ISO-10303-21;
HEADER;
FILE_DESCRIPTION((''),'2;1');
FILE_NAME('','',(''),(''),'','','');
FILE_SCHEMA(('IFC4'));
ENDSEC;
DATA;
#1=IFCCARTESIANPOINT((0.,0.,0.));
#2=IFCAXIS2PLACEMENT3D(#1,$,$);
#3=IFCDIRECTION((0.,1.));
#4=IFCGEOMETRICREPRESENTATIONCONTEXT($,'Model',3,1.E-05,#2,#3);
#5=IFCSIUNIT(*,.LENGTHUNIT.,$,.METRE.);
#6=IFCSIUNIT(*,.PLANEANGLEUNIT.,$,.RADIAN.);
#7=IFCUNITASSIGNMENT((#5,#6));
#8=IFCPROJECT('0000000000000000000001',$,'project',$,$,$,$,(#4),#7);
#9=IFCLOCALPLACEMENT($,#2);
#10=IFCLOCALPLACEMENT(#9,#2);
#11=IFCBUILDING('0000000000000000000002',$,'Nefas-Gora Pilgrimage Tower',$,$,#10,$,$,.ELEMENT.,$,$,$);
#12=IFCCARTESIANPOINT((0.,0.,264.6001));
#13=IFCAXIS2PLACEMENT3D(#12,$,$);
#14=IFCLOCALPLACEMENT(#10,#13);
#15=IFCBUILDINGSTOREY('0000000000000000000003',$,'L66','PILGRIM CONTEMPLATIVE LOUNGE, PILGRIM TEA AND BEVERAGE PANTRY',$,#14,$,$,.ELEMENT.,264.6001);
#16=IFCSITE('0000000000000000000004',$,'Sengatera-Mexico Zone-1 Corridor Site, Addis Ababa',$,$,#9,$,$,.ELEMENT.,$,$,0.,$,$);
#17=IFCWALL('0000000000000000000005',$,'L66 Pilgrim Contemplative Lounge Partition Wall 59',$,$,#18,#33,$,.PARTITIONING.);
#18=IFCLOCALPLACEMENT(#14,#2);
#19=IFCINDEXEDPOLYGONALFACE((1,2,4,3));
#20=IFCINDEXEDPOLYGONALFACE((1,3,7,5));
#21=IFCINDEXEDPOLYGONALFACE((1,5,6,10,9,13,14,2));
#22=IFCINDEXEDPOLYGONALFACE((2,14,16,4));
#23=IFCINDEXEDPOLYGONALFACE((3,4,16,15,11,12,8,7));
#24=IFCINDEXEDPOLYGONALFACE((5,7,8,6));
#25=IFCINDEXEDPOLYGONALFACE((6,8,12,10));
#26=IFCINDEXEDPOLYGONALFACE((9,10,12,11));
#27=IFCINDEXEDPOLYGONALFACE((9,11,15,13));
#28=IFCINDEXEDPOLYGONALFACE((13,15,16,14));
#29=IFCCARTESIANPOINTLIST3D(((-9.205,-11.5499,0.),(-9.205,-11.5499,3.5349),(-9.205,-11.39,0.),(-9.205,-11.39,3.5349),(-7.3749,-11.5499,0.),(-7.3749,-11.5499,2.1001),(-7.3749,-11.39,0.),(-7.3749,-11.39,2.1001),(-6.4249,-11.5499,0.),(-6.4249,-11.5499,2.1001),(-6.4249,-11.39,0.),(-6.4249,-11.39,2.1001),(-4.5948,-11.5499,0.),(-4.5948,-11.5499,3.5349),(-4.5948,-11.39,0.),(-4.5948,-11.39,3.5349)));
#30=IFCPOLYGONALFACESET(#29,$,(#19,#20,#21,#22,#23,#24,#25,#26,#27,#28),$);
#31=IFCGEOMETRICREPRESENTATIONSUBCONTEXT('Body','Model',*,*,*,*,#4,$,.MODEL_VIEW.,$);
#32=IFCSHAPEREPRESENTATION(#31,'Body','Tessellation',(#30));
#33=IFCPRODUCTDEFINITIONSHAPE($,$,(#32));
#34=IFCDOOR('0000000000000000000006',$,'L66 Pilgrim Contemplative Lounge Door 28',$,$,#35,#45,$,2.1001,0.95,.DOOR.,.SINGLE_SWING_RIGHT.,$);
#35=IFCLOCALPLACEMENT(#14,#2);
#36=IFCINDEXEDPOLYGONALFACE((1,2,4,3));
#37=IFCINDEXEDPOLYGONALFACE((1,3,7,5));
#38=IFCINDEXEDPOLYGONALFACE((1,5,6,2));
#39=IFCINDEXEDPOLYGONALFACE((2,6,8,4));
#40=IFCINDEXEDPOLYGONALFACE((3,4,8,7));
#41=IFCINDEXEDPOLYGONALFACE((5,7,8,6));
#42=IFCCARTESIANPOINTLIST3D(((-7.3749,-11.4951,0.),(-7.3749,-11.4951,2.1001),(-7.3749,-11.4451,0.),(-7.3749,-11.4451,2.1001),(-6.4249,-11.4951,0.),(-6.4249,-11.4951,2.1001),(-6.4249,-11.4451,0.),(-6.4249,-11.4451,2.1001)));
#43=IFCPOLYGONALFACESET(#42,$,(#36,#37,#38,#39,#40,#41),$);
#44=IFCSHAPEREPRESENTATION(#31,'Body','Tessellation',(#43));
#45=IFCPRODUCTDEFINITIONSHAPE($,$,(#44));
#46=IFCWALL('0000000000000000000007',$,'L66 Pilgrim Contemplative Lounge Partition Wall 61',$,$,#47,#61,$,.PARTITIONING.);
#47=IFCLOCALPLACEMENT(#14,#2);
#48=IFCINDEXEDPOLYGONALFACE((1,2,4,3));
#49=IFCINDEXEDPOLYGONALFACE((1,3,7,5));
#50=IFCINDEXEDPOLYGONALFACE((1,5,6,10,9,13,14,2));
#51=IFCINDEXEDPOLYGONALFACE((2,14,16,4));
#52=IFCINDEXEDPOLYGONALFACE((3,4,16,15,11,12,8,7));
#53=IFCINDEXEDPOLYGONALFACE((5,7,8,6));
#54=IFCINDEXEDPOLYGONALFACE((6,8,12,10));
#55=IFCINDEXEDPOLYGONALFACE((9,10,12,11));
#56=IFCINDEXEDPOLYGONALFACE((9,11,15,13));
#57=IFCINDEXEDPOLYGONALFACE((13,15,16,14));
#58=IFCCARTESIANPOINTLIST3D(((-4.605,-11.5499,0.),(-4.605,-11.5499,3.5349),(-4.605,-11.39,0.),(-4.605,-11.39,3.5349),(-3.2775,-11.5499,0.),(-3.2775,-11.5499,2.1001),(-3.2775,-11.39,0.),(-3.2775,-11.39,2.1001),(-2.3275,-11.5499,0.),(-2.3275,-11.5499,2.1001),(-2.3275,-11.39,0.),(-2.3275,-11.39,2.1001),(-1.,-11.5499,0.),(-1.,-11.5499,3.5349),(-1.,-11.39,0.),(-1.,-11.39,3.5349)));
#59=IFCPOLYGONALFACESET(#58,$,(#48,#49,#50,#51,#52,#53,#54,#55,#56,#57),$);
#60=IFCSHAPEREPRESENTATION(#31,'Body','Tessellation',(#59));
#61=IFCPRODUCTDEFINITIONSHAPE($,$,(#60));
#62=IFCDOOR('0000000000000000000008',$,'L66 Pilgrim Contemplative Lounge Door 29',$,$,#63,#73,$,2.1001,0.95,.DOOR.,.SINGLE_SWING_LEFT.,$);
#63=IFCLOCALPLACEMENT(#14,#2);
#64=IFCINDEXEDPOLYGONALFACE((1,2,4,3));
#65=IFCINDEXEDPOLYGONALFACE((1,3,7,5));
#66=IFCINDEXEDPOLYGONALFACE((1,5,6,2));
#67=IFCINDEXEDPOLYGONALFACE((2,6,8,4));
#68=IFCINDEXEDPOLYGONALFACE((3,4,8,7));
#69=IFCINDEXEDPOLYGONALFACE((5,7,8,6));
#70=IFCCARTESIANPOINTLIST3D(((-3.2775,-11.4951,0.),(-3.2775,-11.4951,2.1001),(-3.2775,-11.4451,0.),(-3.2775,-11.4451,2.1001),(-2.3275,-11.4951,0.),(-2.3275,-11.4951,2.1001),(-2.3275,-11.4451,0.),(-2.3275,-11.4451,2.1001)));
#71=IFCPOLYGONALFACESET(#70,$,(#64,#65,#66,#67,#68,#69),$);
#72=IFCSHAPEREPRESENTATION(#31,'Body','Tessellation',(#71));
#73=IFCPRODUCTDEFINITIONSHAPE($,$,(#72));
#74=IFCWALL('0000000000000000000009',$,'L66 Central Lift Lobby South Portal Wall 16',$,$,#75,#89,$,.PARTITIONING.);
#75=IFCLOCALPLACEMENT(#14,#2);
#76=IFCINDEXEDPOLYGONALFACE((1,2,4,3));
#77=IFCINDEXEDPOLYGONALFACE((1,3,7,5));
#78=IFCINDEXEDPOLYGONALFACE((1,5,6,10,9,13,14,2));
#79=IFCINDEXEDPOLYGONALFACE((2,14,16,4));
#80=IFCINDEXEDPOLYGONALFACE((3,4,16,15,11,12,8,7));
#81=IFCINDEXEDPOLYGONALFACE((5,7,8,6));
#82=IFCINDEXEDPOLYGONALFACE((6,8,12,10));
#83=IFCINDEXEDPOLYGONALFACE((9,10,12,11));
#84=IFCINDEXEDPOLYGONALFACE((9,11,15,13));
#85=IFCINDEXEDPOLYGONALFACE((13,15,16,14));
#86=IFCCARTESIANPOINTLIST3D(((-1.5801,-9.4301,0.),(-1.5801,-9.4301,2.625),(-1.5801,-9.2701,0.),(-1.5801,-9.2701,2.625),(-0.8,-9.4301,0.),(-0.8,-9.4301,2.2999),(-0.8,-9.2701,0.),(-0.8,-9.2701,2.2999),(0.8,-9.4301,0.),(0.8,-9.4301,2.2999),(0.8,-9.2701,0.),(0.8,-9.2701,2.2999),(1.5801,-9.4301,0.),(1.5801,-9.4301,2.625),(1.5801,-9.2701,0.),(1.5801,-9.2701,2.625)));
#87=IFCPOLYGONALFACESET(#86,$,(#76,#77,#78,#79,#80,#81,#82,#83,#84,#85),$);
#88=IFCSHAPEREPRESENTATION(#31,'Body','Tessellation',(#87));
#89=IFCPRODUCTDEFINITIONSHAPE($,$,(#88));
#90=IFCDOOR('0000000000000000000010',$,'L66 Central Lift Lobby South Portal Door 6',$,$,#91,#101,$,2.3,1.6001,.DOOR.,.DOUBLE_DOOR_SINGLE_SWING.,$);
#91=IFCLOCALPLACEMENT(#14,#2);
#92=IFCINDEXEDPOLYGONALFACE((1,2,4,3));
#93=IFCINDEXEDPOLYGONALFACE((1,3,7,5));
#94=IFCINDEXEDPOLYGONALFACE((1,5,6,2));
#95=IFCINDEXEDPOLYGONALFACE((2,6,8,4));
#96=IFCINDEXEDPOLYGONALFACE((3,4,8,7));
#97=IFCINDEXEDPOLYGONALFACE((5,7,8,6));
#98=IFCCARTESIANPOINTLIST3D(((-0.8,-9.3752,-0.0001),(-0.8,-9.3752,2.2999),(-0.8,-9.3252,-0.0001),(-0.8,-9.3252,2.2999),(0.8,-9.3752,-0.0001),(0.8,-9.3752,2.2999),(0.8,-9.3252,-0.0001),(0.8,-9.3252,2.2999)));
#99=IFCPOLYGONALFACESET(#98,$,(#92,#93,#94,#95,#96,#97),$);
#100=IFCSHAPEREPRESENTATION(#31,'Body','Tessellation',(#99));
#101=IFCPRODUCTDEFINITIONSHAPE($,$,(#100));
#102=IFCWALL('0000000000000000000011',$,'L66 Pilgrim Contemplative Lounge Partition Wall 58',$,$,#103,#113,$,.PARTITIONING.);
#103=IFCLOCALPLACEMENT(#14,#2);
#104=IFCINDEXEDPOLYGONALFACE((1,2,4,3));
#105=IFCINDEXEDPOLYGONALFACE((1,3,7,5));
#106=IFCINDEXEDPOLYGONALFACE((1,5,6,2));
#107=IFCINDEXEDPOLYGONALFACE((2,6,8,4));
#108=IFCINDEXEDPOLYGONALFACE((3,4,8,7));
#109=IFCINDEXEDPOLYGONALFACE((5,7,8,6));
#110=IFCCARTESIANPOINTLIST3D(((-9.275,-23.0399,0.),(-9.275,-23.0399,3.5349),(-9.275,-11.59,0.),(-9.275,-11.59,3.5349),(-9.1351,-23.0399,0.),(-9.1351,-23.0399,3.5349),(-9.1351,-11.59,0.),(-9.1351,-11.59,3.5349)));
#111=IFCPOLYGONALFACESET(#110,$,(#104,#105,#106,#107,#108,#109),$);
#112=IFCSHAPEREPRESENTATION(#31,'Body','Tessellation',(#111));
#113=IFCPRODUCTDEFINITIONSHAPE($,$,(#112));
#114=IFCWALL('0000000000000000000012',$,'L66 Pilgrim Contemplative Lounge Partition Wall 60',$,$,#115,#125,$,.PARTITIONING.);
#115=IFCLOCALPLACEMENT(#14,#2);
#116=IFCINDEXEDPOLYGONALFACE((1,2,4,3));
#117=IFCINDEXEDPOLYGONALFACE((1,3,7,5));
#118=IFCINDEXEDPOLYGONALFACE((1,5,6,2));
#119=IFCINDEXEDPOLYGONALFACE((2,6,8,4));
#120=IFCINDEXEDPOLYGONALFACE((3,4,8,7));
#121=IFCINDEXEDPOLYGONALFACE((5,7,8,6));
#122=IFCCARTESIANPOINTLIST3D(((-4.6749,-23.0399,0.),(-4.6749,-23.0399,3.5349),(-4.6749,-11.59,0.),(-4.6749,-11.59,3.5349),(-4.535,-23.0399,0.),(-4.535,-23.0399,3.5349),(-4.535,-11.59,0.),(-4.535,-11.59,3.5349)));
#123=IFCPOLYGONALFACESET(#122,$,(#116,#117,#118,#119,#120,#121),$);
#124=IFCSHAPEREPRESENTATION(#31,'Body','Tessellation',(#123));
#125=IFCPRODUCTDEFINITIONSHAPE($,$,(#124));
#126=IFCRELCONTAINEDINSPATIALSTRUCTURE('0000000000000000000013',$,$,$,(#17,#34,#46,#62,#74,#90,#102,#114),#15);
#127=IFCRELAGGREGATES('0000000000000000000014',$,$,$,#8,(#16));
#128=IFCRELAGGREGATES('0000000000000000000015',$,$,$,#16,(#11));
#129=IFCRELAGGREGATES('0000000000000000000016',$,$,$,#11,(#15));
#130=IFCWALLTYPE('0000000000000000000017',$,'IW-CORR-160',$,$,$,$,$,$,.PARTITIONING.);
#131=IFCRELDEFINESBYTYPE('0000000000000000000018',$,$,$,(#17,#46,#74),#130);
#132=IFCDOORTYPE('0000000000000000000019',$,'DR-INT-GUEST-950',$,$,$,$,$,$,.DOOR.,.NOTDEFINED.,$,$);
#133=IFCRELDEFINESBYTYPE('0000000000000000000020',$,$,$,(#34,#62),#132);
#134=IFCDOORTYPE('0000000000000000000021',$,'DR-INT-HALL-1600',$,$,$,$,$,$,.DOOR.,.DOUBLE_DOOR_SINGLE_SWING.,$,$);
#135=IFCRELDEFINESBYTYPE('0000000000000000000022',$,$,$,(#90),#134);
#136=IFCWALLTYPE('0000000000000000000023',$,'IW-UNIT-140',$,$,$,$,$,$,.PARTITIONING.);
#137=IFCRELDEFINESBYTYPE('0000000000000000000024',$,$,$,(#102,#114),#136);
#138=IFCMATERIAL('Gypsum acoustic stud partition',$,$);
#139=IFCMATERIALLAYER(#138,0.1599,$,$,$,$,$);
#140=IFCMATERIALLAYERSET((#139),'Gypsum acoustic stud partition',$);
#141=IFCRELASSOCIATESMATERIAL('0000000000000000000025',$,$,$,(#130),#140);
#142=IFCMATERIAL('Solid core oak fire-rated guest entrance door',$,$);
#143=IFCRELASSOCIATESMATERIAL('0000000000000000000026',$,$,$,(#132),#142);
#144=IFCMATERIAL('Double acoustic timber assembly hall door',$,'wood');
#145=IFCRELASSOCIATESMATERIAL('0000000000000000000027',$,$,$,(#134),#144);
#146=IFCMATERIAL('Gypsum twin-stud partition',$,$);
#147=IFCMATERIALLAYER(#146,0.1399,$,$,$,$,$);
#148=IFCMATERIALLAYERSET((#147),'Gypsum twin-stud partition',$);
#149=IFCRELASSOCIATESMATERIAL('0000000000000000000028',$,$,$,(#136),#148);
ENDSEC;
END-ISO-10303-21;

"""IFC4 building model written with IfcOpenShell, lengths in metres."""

from ifc_helpers import new_model, si_unit, direction, frame, frame_2d, origin, place, context, subcontext, project, spatial, rectangle, extrude, source, transform, mapped, material, layer, layer_set, type_object, element, fill, save


model = new_model("IFC4")

# Units and contexts
model_context = context("Model", 3, precision=1e-05, world=origin(), true_north=direction((0.0, 1.0)))
body_context = subcontext(model_context, "Body", "Model", "MODEL_VIEW")
ifc_project = project(units=[si_unit("LENGTHUNIT", "METRE"), si_unit("PLANEANGLEUNIT", "RADIAN")], contexts=[model_context])

# Site, building, storey
site_placement = place(None, origin())
site = spatial("IfcSite", under=ifc_project, at=site_placement, Name="Sengatera-Mexico Zone-1 Corridor Site, Addis Ababa", CompositionType="ELEMENT", RefElevation=0.0)
building_placement = place(site_placement, origin())
building = spatial("IfcBuilding", under=site, at=building_placement, Name="Nefas-Gora Pilgrimage Tower", CompositionType="ELEMENT")
storey_placement = place(building_placement, frame((0.0, 0.0, 264.6001)))
storey = spatial("IfcBuildingStorey", under=building, at=storey_placement, Name="L66", Description="PILGRIM CONTEMPLATIVE LOUNGE, PILGRIM TEA AND BEVERAGE PANTRY", CompositionType="ELEMENT", Elevation=264.6001)

# Walls, openings, doors
ifc_material_1 = material(Name="Gypsum acoustic stud partition")
ifc_layer_1 = layer(ifc_material_1, 0.1599)
ifc_layer_set_1 = layer_set([ifc_layer_1], Name="Gypsum acoustic stud partition")
wall_type_1 = type_object("IfcWallType", Name="IW-CORR-160", PredefinedType="PARTITIONING", material=ifc_layer_set_1)
shared_shape_1 = source(origin(), body_context, "Body", "SweptSolid", [
    extrude(rectangle(XDim=4.6101, YDim=0.1599, at=frame_2d((2.3052, 0.0))), origin(), (0.0, 0.0, 1.0), 3.5349),
])
wall_1_placement = place(storey_placement, frame((-9.2051, -11.47, 0.0), z_axis=(0.0, 0.0, 1.0), x_axis=(1.0, 0.0, 0.0)))
wall_1 = element("IfcWall", 1, at=wall_1_placement, inside=storey, type_object=wall_type_1, Name="L66 Pilgrim Contemplative Lounge Partition Wall 59", PredefinedType="PARTITIONING", context=body_context, shape_type="MappedRepresentation", body=[
    mapped(shared_shape_1, transform((0.0, 0.0, 0.0), x_axis=(1.0, 0.0, 0.0), y_axis=(0.0, 1.0, 0.0), z_axis=(0.0, 0.0, 1.0), scale=1.0)),
])
opening_1_placement = place(wall_1_placement, frame((1.8301, 0.0, 0.0)))
opening_1 = element("IfcOpeningElement", 2, at=opening_1_placement, cuts=wall_1, PredefinedType="OPENING", context=body_context, shape_type="SweptSolid", body=[
    extrude(rectangle(XDim=0.95, YDim=2.1001, at=frame_2d((0.4751, 1.05))), frame((0.0, 0.0898, 0.0), z_axis=(0.0, -1.0, 0.0), x_axis=(1.0, 0.0, 0.0)), (0.0, 0.0, 1.0), 0.1799),
])
ifc_material_2 = material(Name="Solid core oak fire-rated guest entrance door")
door_type_1 = type_object("IfcDoorType", Name="DR-INT-GUEST-950", OperationType="NOTDEFINED", PredefinedType="DOOR", material=ifc_material_2)
shared_shape_2 = source(origin(), body_context, "Body", "SweptSolid", [
    extrude(rectangle(XDim=0.95, YDim=2.1001, at=frame_2d((0.4751, 1.05))), frame((0.0, 0.0249, 0.0), z_axis=(0.0, -1.0, 0.0), x_axis=(1.0, 0.0, 0.0)), (0.0, 0.0, 1.0), 0.05),
])
door_1_placement = place(opening_1_placement, origin())
door_1 = element("IfcDoor", 3, at=door_1_placement, inside=storey, type_object=door_type_1, Name="L66 Pilgrim Contemplative Lounge Door 28", OperationType="SINGLE_SWING_RIGHT", OverallHeight=2.1001, OverallWidth=0.95, PredefinedType="DOOR", context=body_context, shape_type="MappedRepresentation", body=[
    mapped(shared_shape_2, transform((0.0, 0.0, 0.0), x_axis=(1.0, 0.0, 0.0), y_axis=(0.0, 1.0, 0.0), z_axis=(0.0, 0.0, 1.0), scale=1.0)),
])
fill(opening_1, door_1)
shared_shape_3 = source(origin(), body_context, "Body", "SweptSolid", [
    extrude(rectangle(XDim=3.605, YDim=0.1599, at=frame_2d((1.8025, 0.0))), origin(), (0.0, 0.0, 1.0), 3.5349),
])
wall_2_placement = place(storey_placement, frame((-4.605, -11.47, 0.0), z_axis=(0.0, 0.0, 1.0), x_axis=(1.0, 0.0, 0.0)))
wall_2 = element("IfcWall", 4, at=wall_2_placement, inside=storey, type_object=wall_type_1, Name="L66 Pilgrim Contemplative Lounge Partition Wall 61", PredefinedType="PARTITIONING", context=body_context, shape_type="MappedRepresentation", body=[
    mapped(shared_shape_3, transform((0.0, 0.0, 0.0), x_axis=(1.0, 0.0, 0.0), y_axis=(0.0, 1.0, 0.0), z_axis=(0.0, 0.0, 1.0), scale=1.0)),
])
opening_2_placement = place(wall_2_placement, frame((1.3274, 0.0, 0.0)))
opening_2 = element("IfcOpeningElement", 5, at=opening_2_placement, cuts=wall_2, PredefinedType="OPENING", context=body_context, shape_type="SweptSolid", body=[
    extrude(rectangle(XDim=0.95, YDim=2.1001, at=frame_2d((0.4751, 1.05))), frame((0.0, 0.0898, 0.0), z_axis=(0.0, -1.0, 0.0), x_axis=(1.0, 0.0, 0.0)), (0.0, 0.0, 1.0), 0.1799),
])
door_2_placement = place(opening_2_placement, origin())
door_2 = element("IfcDoor", 6, at=door_2_placement, inside=storey, type_object=door_type_1, Name="L66 Pilgrim Contemplative Lounge Door 29", OperationType="SINGLE_SWING_LEFT", OverallHeight=2.1001, OverallWidth=0.95, PredefinedType="DOOR", context=body_context, shape_type="MappedRepresentation", body=[
    mapped(shared_shape_2, transform((0.0, 0.0, 0.0), x_axis=(1.0, 0.0, 0.0), y_axis=(0.0, 1.0, 0.0), z_axis=(0.0, 0.0, 1.0), scale=1.0)),
])
fill(opening_2, door_2)
shared_shape_4 = source(origin(), body_context, "Body", "SweptSolid", [
    extrude(rectangle(XDim=3.1602, YDim=0.1599, at=frame_2d((1.5801, 0.0))), origin(), (0.0, 0.0, 1.0), 2.625),
])
wall_3_placement = place(storey_placement, frame((-1.5801, -9.3501, 0.0), z_axis=(0.0, 0.0, 1.0), x_axis=(1.0, 0.0, 0.0)))
wall_3 = element("IfcWall", 7, at=wall_3_placement, inside=storey, type_object=wall_type_1, Name="L66 Central Lift Lobby South Portal Wall 16", PredefinedType="PARTITIONING", context=body_context, shape_type="MappedRepresentation", body=[
    mapped(shared_shape_4, transform((0.0, 0.0, 0.0), x_axis=(1.0, 0.0, 0.0), y_axis=(0.0, 1.0, 0.0), z_axis=(0.0, 0.0, 1.0), scale=1.0)),
])
opening_3_placement = place(wall_3_placement, frame((0.78, 0.0, 0.0)))
opening_3 = element("IfcOpeningElement", 8, at=opening_3_placement, cuts=wall_3, PredefinedType="OPENING", context=body_context, shape_type="SweptSolid", body=[
    extrude(rectangle(XDim=1.6001, YDim=2.3, at=frame_2d((0.8, 1.1499))), frame((0.0, 0.0898, 0.0), z_axis=(0.0, -1.0, 0.0), x_axis=(1.0, 0.0, 0.0)), (0.0, 0.0, 1.0), 0.1799),
])
ifc_material_3 = material(Name="Double acoustic timber assembly hall door", Category="wood")
door_type_2 = type_object("IfcDoorType", Name="DR-INT-HALL-1600", OperationType="DOUBLE_DOOR_SINGLE_SWING", PredefinedType="DOOR", material=ifc_material_3)
shared_shape_5 = source(origin(), body_context, "Body", "SweptSolid", [
    extrude(rectangle(XDim=1.6001, YDim=2.3, at=frame_2d((0.8, 1.1499))), frame((0.0, 0.0249, 0.0), z_axis=(0.0, -1.0, 0.0), x_axis=(1.0, 0.0, 0.0)), (0.0, 0.0, 1.0), 0.05),
])
door_3_placement = place(opening_3_placement, origin())
door_3 = element("IfcDoor", 9, at=door_3_placement, inside=storey, type_object=door_type_2, Name="L66 Central Lift Lobby South Portal Door 6", OperationType="DOUBLE_DOOR_SINGLE_SWING", OverallHeight=2.3, OverallWidth=1.6001, PredefinedType="DOOR", context=body_context, shape_type="MappedRepresentation", body=[
    mapped(shared_shape_5, transform((0.0, 0.0, 0.0), x_axis=(1.0, 0.0, 0.0), y_axis=(0.0, 1.0, 0.0), z_axis=(0.0, 0.0, 1.0), scale=1.0)),
])
fill(opening_3, door_3)

# Walls
ifc_material_4 = material(Name="Gypsum twin-stud partition")
ifc_layer_2 = layer(ifc_material_4, 0.1399)
ifc_layer_set_2 = layer_set([ifc_layer_2], Name="Gypsum twin-stud partition")
wall_type_2 = type_object("IfcWallType", Name="IW-UNIT-140", PredefinedType="PARTITIONING", material=ifc_layer_set_2)
shared_shape_6 = source(origin(), body_context, "Body", "SweptSolid", [
    extrude(rectangle(XDim=11.45, YDim=0.1399, at=frame_2d((5.7251, 0.0))), origin(), (0.0, 0.0, 1.0), 3.5349),
])
for number, where, z_axis, x_axis, name in (
    (10, (-9.2051, -23.04, 0.0), (0.0, 0.0, 1.0), (0.0, 1.0, 0.0), "L66 Pilgrim Contemplative Lounge Partition Wall 58"),
    (11, (-4.605, -23.04, 0.0), (0.0, 0.0, 1.0), (0.0, 1.0, 0.0), "L66 Pilgrim Contemplative Lounge Partition Wall 60"),
):
    element("IfcWall", number, at=place(storey_placement, frame(where, z_axis=z_axis, x_axis=x_axis)), inside=storey, type_object=wall_type_2, Name=name, PredefinedType="PARTITIONING", context=body_context, shape_type="MappedRepresentation", body=[
        mapped(shared_shape_6, transform((0.0, 0.0, 0.0), x_axis=(1.0, 0.0, 0.0), y_axis=(0.0, 1.0, 0.0), z_axis=(0.0, 0.0, 1.0), scale=1.0)),
    ])

save(model, "model.ifc")
